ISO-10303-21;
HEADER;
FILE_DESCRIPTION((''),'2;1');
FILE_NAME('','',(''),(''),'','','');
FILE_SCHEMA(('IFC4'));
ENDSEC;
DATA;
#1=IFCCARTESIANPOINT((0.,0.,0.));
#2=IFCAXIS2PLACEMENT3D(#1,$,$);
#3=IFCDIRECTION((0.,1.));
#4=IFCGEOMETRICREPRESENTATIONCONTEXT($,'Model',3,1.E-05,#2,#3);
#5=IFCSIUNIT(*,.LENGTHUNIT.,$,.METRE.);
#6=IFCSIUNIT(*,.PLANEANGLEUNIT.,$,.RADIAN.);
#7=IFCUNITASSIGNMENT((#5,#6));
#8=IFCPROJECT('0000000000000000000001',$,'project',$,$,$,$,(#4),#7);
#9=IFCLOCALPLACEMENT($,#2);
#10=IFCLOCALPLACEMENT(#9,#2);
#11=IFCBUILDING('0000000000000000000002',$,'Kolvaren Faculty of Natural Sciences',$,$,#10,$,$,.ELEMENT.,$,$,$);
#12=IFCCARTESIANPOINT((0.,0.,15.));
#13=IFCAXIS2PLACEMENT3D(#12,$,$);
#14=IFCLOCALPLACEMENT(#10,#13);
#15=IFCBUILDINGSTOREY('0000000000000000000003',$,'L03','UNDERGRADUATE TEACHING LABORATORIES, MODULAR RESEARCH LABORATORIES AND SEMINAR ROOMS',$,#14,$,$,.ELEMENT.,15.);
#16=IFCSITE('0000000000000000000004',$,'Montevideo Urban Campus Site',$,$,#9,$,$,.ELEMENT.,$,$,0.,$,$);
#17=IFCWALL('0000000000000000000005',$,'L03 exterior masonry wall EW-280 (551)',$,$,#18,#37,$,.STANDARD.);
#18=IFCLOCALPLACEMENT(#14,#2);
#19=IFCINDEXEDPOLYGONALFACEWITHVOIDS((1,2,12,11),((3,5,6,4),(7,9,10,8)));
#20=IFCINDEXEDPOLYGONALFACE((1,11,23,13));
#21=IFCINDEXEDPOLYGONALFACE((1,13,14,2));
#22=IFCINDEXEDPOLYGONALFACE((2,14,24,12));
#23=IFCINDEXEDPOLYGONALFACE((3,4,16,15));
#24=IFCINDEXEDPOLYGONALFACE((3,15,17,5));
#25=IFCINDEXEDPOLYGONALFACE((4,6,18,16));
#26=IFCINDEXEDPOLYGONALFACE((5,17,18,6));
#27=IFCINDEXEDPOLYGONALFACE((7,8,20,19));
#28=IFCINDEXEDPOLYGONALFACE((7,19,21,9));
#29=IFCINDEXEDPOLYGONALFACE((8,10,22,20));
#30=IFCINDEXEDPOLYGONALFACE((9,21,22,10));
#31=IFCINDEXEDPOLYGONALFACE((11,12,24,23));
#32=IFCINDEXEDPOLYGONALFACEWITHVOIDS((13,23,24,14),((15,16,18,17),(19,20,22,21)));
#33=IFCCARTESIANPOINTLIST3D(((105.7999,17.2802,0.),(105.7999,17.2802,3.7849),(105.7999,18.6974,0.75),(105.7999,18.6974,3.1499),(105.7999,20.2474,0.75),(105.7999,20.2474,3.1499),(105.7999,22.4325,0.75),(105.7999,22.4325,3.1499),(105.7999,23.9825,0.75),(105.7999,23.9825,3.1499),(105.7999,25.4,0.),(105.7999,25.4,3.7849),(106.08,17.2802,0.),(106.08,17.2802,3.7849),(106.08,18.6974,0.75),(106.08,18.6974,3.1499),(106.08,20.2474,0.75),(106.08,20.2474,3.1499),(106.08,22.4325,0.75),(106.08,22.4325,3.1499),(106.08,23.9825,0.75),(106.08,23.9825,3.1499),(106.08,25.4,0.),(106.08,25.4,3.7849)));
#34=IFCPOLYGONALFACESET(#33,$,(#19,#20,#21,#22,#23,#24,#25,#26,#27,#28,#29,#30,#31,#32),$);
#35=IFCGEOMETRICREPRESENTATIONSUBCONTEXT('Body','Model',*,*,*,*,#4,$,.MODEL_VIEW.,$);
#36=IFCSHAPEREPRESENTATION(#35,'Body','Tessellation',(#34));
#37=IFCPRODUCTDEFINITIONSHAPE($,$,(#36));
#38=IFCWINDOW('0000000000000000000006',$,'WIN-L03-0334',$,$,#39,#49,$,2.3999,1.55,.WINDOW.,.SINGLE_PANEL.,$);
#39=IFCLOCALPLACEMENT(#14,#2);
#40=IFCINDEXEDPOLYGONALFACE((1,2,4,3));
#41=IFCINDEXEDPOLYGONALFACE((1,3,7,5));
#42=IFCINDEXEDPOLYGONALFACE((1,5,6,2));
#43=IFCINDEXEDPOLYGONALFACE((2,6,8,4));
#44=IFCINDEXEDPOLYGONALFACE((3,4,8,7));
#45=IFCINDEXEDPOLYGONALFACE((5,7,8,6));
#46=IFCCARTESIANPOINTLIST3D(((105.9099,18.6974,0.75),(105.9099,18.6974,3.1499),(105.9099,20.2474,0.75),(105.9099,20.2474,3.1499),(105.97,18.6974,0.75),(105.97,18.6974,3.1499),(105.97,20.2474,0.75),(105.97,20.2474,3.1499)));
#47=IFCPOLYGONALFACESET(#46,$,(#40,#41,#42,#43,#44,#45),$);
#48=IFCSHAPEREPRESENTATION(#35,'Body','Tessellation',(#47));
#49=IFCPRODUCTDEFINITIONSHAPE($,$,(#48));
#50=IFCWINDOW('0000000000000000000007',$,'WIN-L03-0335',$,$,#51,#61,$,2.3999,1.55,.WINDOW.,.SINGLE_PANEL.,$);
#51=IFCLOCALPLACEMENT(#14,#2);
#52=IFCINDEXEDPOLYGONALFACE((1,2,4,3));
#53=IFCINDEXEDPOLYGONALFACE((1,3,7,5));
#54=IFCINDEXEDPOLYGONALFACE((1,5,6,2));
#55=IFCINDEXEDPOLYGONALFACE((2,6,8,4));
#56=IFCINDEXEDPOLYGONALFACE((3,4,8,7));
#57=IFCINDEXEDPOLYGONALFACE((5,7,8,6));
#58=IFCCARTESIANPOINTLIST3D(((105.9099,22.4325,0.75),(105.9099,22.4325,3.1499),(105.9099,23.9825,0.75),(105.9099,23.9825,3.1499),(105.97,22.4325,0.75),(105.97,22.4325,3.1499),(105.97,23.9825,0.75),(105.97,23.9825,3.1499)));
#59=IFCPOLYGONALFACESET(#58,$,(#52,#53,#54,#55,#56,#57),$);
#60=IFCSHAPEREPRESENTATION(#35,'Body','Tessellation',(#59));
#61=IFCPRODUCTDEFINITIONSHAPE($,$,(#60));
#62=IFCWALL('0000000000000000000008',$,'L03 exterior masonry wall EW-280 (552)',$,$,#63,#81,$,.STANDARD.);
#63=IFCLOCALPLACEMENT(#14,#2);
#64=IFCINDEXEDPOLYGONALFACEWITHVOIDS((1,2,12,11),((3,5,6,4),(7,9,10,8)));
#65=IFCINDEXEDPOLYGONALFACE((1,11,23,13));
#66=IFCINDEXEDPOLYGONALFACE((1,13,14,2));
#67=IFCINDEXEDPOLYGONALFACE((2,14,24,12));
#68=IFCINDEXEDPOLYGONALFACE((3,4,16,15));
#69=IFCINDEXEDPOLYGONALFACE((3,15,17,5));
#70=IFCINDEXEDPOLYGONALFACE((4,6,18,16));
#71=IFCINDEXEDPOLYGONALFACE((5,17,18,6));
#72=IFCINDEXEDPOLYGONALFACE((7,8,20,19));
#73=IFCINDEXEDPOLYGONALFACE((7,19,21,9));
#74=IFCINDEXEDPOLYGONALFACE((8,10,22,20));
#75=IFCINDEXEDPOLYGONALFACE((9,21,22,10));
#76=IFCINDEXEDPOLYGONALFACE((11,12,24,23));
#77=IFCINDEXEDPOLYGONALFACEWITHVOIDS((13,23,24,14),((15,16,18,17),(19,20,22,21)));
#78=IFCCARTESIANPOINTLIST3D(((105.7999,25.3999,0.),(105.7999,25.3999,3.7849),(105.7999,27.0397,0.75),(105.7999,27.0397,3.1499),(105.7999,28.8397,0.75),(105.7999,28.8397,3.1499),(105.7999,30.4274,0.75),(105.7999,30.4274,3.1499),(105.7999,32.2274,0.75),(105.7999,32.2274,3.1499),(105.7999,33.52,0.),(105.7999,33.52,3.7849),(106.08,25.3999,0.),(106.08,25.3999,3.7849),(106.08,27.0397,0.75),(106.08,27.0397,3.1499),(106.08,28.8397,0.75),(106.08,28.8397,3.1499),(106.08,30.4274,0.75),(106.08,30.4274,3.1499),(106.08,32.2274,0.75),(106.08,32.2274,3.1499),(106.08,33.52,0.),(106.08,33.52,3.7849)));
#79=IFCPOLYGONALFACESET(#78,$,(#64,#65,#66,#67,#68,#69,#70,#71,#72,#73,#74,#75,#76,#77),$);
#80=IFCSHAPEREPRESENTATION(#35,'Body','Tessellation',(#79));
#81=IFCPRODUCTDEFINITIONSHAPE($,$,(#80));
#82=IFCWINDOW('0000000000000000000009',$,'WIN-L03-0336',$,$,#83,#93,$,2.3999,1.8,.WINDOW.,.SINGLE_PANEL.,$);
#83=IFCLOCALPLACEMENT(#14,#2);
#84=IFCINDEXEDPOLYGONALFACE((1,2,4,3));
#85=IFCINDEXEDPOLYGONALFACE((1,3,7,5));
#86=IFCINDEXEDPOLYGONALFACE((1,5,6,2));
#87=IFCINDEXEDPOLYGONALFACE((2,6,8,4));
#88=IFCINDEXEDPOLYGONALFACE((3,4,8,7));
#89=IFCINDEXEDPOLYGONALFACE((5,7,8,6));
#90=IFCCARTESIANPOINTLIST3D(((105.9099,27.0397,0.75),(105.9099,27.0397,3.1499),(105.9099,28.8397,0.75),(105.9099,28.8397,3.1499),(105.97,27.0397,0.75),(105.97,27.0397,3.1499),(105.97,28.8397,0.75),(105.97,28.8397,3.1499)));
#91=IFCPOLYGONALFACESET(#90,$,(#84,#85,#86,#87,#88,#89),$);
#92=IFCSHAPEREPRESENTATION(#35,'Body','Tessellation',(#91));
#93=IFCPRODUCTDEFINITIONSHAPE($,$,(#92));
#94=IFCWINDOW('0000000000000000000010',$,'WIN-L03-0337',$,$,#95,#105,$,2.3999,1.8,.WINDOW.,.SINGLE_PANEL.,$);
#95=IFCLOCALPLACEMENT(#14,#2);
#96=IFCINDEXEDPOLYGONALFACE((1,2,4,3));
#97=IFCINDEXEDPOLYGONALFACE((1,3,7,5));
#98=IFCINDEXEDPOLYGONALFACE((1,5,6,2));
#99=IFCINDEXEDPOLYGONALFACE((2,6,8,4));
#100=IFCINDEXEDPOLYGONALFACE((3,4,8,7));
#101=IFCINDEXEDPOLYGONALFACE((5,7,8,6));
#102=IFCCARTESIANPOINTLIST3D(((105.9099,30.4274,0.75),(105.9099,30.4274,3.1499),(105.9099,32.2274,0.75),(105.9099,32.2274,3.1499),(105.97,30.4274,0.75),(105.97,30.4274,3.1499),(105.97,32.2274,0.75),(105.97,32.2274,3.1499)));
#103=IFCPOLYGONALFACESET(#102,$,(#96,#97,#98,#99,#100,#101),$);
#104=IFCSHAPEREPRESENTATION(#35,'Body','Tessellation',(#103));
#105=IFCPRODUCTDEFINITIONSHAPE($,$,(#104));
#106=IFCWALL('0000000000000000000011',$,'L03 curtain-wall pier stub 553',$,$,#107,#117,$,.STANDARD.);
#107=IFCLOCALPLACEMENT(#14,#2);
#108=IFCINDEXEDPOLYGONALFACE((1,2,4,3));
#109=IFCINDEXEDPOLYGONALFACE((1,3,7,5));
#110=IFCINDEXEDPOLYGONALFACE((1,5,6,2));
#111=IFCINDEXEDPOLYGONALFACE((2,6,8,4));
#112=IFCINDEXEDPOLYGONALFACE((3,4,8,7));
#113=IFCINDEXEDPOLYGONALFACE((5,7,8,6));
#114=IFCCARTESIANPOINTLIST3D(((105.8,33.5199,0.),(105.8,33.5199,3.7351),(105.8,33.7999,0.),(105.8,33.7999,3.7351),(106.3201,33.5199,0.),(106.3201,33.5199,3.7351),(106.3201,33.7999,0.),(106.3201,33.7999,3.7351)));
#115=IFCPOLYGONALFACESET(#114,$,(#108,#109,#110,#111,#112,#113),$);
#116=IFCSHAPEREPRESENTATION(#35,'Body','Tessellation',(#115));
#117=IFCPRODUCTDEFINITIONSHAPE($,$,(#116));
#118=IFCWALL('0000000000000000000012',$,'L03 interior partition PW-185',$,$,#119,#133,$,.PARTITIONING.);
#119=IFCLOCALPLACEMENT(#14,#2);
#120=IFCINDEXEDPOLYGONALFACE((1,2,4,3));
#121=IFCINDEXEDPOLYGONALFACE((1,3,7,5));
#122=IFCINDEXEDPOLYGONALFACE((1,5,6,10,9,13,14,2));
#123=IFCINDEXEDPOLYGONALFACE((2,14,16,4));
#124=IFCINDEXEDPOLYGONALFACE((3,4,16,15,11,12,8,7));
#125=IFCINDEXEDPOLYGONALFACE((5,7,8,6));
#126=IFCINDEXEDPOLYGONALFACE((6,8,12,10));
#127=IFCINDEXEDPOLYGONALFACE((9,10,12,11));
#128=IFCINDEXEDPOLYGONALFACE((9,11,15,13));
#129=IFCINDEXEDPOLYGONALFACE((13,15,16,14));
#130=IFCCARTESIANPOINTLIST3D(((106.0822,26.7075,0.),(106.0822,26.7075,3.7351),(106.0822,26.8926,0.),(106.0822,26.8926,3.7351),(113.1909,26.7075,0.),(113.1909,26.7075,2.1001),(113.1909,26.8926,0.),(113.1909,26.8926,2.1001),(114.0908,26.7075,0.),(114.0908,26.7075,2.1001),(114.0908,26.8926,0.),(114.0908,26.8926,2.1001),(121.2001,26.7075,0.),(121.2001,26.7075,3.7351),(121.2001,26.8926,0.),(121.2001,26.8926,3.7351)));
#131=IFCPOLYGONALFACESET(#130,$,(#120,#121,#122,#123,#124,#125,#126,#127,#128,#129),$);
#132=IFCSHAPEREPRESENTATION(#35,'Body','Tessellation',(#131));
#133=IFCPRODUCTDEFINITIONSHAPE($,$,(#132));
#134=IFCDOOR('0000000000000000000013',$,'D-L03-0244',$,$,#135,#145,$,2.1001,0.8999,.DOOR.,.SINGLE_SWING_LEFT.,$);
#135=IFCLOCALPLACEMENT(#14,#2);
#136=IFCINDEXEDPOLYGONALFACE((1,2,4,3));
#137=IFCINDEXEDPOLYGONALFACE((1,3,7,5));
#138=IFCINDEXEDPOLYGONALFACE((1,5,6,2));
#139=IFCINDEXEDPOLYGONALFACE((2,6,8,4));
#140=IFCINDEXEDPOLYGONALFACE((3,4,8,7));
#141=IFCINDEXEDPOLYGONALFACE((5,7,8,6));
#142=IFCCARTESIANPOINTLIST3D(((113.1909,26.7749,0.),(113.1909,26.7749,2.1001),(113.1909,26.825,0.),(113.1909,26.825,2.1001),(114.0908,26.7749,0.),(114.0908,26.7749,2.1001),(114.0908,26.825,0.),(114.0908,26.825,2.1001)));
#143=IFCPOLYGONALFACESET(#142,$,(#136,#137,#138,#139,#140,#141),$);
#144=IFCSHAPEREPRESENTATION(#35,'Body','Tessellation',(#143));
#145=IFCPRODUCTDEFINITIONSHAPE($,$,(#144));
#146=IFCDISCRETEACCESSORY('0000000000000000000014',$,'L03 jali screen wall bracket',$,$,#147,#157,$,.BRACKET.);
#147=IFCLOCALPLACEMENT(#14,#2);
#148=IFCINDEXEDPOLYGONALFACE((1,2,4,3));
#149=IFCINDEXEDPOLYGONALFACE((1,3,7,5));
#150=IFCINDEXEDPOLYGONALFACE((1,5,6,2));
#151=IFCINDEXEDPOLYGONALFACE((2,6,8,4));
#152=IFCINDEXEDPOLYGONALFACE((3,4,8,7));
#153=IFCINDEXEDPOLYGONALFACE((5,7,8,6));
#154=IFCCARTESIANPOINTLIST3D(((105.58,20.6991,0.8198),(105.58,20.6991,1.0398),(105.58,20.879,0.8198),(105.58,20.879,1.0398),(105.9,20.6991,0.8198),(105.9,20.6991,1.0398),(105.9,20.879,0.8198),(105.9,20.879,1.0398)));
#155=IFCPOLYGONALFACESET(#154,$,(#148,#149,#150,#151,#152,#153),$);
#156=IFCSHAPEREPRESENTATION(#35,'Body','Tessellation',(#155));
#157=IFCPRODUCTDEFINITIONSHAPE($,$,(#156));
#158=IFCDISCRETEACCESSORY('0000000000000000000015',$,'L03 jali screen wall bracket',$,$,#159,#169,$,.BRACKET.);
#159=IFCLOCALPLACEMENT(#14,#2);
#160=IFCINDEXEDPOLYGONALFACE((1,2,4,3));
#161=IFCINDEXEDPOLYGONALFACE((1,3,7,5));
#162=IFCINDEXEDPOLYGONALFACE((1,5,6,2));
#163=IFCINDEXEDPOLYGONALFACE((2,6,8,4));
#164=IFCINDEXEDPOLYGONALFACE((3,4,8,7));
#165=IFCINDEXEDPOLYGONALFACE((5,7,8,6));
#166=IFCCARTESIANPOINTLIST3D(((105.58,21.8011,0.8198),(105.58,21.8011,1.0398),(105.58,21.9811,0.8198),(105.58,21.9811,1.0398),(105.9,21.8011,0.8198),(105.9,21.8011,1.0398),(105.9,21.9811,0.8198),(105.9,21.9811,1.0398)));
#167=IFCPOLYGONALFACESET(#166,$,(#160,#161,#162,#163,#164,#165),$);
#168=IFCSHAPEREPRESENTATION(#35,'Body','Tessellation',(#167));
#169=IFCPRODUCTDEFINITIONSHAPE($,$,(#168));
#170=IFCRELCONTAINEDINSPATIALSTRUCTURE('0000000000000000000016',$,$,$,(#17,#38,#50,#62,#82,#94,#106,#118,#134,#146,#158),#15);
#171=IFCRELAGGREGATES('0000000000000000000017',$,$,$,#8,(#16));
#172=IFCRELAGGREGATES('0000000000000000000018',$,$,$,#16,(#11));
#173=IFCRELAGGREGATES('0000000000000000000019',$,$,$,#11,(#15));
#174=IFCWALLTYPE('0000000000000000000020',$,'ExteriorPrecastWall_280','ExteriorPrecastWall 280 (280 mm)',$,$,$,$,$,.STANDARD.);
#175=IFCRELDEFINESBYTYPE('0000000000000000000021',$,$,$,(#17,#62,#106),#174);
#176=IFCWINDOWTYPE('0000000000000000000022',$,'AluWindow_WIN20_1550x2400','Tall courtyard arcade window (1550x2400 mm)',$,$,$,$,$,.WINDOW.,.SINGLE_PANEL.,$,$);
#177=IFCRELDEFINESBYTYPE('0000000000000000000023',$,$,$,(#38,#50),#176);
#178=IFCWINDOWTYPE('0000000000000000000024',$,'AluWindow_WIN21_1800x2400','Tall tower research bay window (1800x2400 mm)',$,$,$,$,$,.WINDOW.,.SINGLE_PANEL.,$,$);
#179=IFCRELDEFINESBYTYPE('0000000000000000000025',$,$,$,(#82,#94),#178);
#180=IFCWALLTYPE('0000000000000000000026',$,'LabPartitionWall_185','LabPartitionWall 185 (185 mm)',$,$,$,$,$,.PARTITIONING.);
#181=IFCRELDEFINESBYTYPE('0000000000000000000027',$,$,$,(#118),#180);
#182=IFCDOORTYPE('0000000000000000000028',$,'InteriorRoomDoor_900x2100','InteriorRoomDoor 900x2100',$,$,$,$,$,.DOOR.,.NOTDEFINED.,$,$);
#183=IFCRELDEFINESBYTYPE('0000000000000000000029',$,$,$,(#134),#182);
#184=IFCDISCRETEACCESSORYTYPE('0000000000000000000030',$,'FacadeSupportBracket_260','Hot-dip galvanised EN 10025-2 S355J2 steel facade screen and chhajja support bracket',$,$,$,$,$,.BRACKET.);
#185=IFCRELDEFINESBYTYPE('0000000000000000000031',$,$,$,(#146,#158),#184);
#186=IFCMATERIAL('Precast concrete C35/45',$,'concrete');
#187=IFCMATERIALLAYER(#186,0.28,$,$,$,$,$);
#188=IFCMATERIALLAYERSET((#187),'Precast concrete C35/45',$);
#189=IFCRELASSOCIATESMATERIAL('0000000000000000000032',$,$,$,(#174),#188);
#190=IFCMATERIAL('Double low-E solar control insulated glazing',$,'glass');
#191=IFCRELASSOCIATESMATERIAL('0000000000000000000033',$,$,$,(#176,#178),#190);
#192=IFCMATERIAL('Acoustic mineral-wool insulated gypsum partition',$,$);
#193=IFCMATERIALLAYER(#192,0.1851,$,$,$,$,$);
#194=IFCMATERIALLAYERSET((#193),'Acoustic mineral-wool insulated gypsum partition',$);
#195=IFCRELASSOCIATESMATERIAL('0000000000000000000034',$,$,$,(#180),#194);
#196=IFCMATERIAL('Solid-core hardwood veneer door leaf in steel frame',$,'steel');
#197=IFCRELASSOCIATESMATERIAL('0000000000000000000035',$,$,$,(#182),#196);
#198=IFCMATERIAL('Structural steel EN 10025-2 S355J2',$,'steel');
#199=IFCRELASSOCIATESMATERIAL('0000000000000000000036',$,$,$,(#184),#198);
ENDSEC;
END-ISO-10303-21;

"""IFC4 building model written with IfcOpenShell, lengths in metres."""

from ifc_helpers import new_model, si_unit, direction, frame, frame_2d, origin, origin_2d, place, context, subcontext, project, spatial, rectangle, extrude, material, layer, layer_set, type_object, element, fill, save


model = new_model("IFC4")

# Units and contexts
model_context = context("Model", 3, precision=1e-05, world=origin(), true_north=direction((0.0, 1.0)))
body_context = subcontext(model_context, "Body", "Model", "MODEL_VIEW")
ifc_project = project(units=[si_unit("LENGTHUNIT", "METRE"), si_unit("PLANEANGLEUNIT", "RADIAN")], contexts=[model_context])

# Site, building, storey
site_placement = place(None, origin())
site = spatial("IfcSite", under=ifc_project, at=site_placement, Name="Montevideo Urban Campus Site", CompositionType="ELEMENT", RefElevation=0.0)
building_placement = place(site_placement, origin())
building = spatial("IfcBuilding", under=site, at=building_placement, Name="Kolvaren Faculty of Natural Sciences", CompositionType="ELEMENT")
storey_placement = place(building_placement, frame((0.0, 0.0, 15.0)))
storey = spatial("IfcBuildingStorey", under=building, at=storey_placement, Name="L03", Description="UNDERGRADUATE TEACHING LABORATORIES, MODULAR RESEARCH LABORATORIES AND SEMINAR ROOMS", CompositionType="ELEMENT", Elevation=15.0)

# Shared definitions
ifc_material_1 = material(Name="Precast concrete C35/45", Category="concrete")
ifc_layer_1 = layer(ifc_material_1, 0.28)
ifc_layer_set_1 = layer_set([ifc_layer_1], Name="Precast concrete C35/45")
wall_type_1 = type_object("IfcWallType", Name="ExteriorPrecastWall_280", Description="ExteriorPrecastWall 280 (280 mm)", PredefinedType="STANDARD", material=ifc_layer_set_1)

# Walls, openings, windows
wall_1_placement = place(storey_placement, frame((105.9399, 17.28, 0.0), z_axis=(0.0, 0.0, 1.0), x_axis=(0.0, 1.0, 0.0)))
wall_1 = element("IfcWall", 1, at=wall_1_placement, inside=storey, type_object=wall_type_1, Name="L03 exterior masonry wall EW-280 (551)", PredefinedType="STANDARD", context=body_context, shape_type="SweptSolid", body=[
    extrude(rectangle(XDim=8.1199, YDim=0.28, at=frame_2d((4.0601, 0.0))), origin(), (0.0, 0.0, 1.0), 3.7849),
])
opening_1_placement = place(wall_1_placement, frame((1.4175, 0.0, 0.75)))
opening_1 = element("IfcOpeningElement", 2, at=opening_1_placement, cuts=wall_1, PredefinedType="OPENING", context=body_context, shape_type="SweptSolid", body=[
    extrude(rectangle(XDim=1.55, YDim=2.3999, at=frame_2d((0.7749, 1.2))), frame((0.0, 0.1499, 0.0), z_axis=(0.0, -1.0, 0.0), x_axis=(1.0, 0.0, 0.0)), (0.0, 0.0, 1.0), 0.3),
])
opening_2_placement = place(wall_1_placement, frame((5.1526, 0.0, 0.75)))
opening_2 = element("IfcOpeningElement", 3, at=opening_2_placement, cuts=wall_1, PredefinedType="OPENING", context=body_context, shape_type="SweptSolid", body=[
    extrude(rectangle(XDim=1.55, YDim=2.3999, at=frame_2d((0.7749, 1.2))), frame((0.0, 0.1499, 0.0), z_axis=(0.0, -1.0, 0.0), x_axis=(1.0, 0.0, 0.0)), (0.0, 0.0, 1.0), 0.3),
])
ifc_material_2 = material(Name="Double low-E solar control insulated glazing", Category="glass")
window_type_1 = type_object("IfcWindowType", Name="AluWindow_WIN20_1550x2400", Description="Tall courtyard arcade window (1550x2400 mm)", PartitioningType="SINGLE_PANEL", PredefinedType="WINDOW", material=ifc_material_2)
window_1_placement = place(opening_1_placement, origin())
window_1 = element("IfcWindow", 4, at=window_1_placement, inside=storey, type_object=window_type_1, Name="WIN-L03-0334", OverallHeight=2.3999, OverallWidth=1.55, PartitioningType="SINGLE_PANEL", PredefinedType="WINDOW", context=body_context, shape_type="SweptSolid", body=[
    extrude(rectangle(XDim=1.55, YDim=2.3999, at=frame_2d((0.7749, 1.2))), frame((0.0, 0.03, 0.0), z_axis=(0.0, -1.0, 0.0), x_axis=(1.0, 0.0, 0.0)), (0.0, 0.0, 1.0), 0.0601),
])
fill(opening_1, window_1)
window_2_placement = place(opening_2_placement, origin())
window_2 = element("IfcWindow", 5, at=window_2_placement, inside=storey, type_object=window_type_1, Name="WIN-L03-0335", OverallHeight=2.3999, OverallWidth=1.55, PartitioningType="SINGLE_PANEL", PredefinedType="WINDOW", context=body_context, shape_type="SweptSolid", body=[
    extrude(rectangle(XDim=1.55, YDim=2.3999, at=frame_2d((0.7749, 1.2))), frame((0.0, 0.03, 0.0), z_axis=(0.0, -1.0, 0.0), x_axis=(1.0, 0.0, 0.0)), (0.0, 0.0, 1.0), 0.0601),
])
fill(opening_2, window_2)
wall_2_placement = place(storey_placement, frame((105.9399, 25.3999, 0.0), z_axis=(0.0, 0.0, 1.0), x_axis=(0.0, 1.0, 0.0)))
wall_2 = element("IfcWall", 6, at=wall_2_placement, inside=storey, type_object=wall_type_1, Name="L03 exterior masonry wall EW-280 (552)", PredefinedType="STANDARD", context=body_context, shape_type="SweptSolid", body=[
    extrude(rectangle(XDim=8.1201, YDim=0.28, at=frame_2d((4.0601, 0.0))), origin(), (0.0, 0.0, 1.0), 3.7849),
])
opening_3_placement = place(wall_2_placement, frame((1.6399, 0.0, 0.75)))
opening_3 = element("IfcOpeningElement", 7, at=opening_3_placement, cuts=wall_2, PredefinedType="OPENING", context=body_context, shape_type="SweptSolid", body=[
    extrude(rectangle(XDim=1.8, YDim=2.3999, at=frame_2d((0.8999, 1.2))), frame((0.0, 0.1499, 0.0), z_axis=(0.0, -1.0, 0.0), x_axis=(1.0, 0.0, 0.0)), (0.0, 0.0, 1.0), 0.3),
])
opening_4_placement = place(wall_2_placement, frame((5.0276, 0.0, 0.75)))
opening_4 = element("IfcOpeningElement", 8, at=opening_4_placement, cuts=wall_2, PredefinedType="OPENING", context=body_context, shape_type="SweptSolid", body=[
    extrude(rectangle(XDim=1.8, YDim=2.3999, at=frame_2d((0.8999, 1.2))), frame((0.0, 0.1499, 0.0), z_axis=(0.0, -1.0, 0.0), x_axis=(1.0, 0.0, 0.0)), (0.0, 0.0, 1.0), 0.3),
])
window_type_2 = type_object("IfcWindowType", Name="AluWindow_WIN21_1800x2400", Description="Tall tower research bay window (1800x2400 mm)", PartitioningType="SINGLE_PANEL", PredefinedType="WINDOW", material=ifc_material_2)
window_3_placement = place(opening_3_placement, origin())
window_3 = element("IfcWindow", 9, at=window_3_placement, inside=storey, type_object=window_type_2, Name="WIN-L03-0336", OverallHeight=2.3999, OverallWidth=1.8, PartitioningType="SINGLE_PANEL", PredefinedType="WINDOW", context=body_context, shape_type="SweptSolid", body=[
    extrude(rectangle(XDim=1.8, YDim=2.3999, at=frame_2d((0.8999, 1.2))), frame((0.0, 0.03, 0.0), z_axis=(0.0, -1.0, 0.0), x_axis=(1.0, 0.0, 0.0)), (0.0, 0.0, 1.0), 0.0601),
])
fill(opening_3, window_3)
window_4_placement = place(opening_4_placement, origin())
window_4 = element("IfcWindow", 10, at=window_4_placement, inside=storey, type_object=window_type_2, Name="WIN-L03-0337", OverallHeight=2.3999, OverallWidth=1.8, PartitioningType="SINGLE_PANEL", PredefinedType="WINDOW", context=body_context, shape_type="SweptSolid", body=[
    extrude(rectangle(XDim=1.8, YDim=2.3999, at=frame_2d((0.8999, 1.2))), frame((0.0, 0.03, 0.0), z_axis=(0.0, -1.0, 0.0), x_axis=(1.0, 0.0, 0.0)), (0.0, 0.0, 1.0), 0.0601),
])
fill(opening_4, window_4)

# Wall
wall_3_placement = place(storey_placement, frame((105.8, 33.6599, 0.0), z_axis=(0.0, 0.0, 1.0), x_axis=(1.0, 0.0, 0.0)))
element("IfcWall", 11, at=wall_3_placement, inside=storey, type_object=wall_type_1, Name="L03 curtain-wall pier stub 553", PredefinedType="STANDARD", context=body_context, shape_type="SweptSolid", body=[
    extrude(rectangle(XDim=0.52, YDim=0.28, at=frame_2d((0.26, 0.0))), origin(), (0.0, 0.0, 1.0), 3.7351),
])

# Wall, opening, door
ifc_material_3 = material(Name="Acoustic mineral-wool insulated gypsum partition")
ifc_layer_2 = layer(ifc_material_3, 0.1851)
ifc_layer_set_2 = layer_set([ifc_layer_2], Name="Acoustic mineral-wool insulated gypsum partition")
wall_type_2 = type_object("IfcWallType", Name="LabPartitionWall_185", Description="LabPartitionWall 185 (185 mm)", PredefinedType="PARTITIONING", material=ifc_layer_set_2)
wall_4_placement = place(storey_placement, frame((106.082, 26.8, 0.0), z_axis=(0.0, 0.0, 1.0), x_axis=(1.0, 0.0, 0.0)))
wall_4 = element("IfcWall", 12, at=wall_4_placement, inside=storey, type_object=wall_type_2, Name="L03 interior partition PW-185", PredefinedType="PARTITIONING", context=body_context, shape_type="SweptSolid", body=[
    extrude(rectangle(XDim=15.1179, YDim=0.1851, at=frame_2d((7.5591, 0.0))), origin(), (0.0, 0.0, 1.0), 3.7351),
])
opening_5_placement = place(wall_4_placement, frame((7.1089, 0.0, 0.0)))
opening_5 = element("IfcOpeningElement", 13, at=opening_5_placement, cuts=wall_4, PredefinedType="OPENING", context=body_context, shape_type="SweptSolid", body=[
    extrude(rectangle(XDim=0.8999, YDim=2.1001, at=frame_2d((0.45, 1.05))), frame((0.0, 0.1025, 0.0), z_axis=(0.0, -1.0, 0.0), x_axis=(1.0, 0.0, 0.0)), (0.0, 0.0, 1.0), 0.2051),
])
ifc_material_4 = material(Name="Solid-core hardwood veneer door leaf in steel frame", Category="steel")
door_type = type_object("IfcDoorType", Name="InteriorRoomDoor_900x2100", Description="InteriorRoomDoor 900x2100", OperationType="NOTDEFINED", PredefinedType="DOOR", material=ifc_material_4)
door_placement = place(opening_5_placement, origin())
door = element("IfcDoor", 14, at=door_placement, inside=storey, type_object=door_type, Name="D-L03-0244", OperationType="SINGLE_SWING_LEFT", OverallHeight=2.1001, OverallWidth=0.8999, PredefinedType="DOOR", context=body_context, shape_type="SweptSolid", body=[
    extrude(rectangle(XDim=0.8999, YDim=2.1001, at=frame_2d((0.45, 1.05))), frame((0.0, 0.0249, 0.0), z_axis=(0.0, -1.0, 0.0), x_axis=(1.0, 0.0, 0.0)), (0.0, 0.0, 1.0), 0.05),
])
fill(opening_5, door)

# Discrete accessories
ifc_material_5 = material(Name="Structural steel EN 10025-2 S355J2", Category="steel")
discrete_accessory_type = type_object("IfcDiscreteAccessoryType", Name="FacadeSupportBracket_260", Description="Hot-dip galvanised EN 10025-2 S355J2 steel facade screen and chhajja support bracket", PredefinedType="BRACKET", material=ifc_material_5)
for number, where, z_axis, x_axis, name in (
    (15, (105.74, 20.7891, 0.8198), (0.0, 0.0, 1.0), (0.0, 1.0, 0.0), "L03 jali screen wall bracket"),
    (16, (105.74, 21.8911, 0.8198), (0.0, 0.0, 1.0), (0.0, 1.0, 0.0), "L03 jali screen wall bracket"),
):
    element("IfcDiscreteAccessory", number, at=place(storey_placement, frame(where, z_axis=z_axis, x_axis=x_axis)), inside=storey, type_object=discrete_accessory_type, Name=name, PredefinedType="BRACKET", context=body_context, shape_type="SweptSolid", body=[
        extrude(rectangle(XDim=0.1799, YDim=0.3201, at=origin_2d()), origin(), (0.0, 0.0, 1.0), 0.22),
    ])

save(model, "model.ifc")
